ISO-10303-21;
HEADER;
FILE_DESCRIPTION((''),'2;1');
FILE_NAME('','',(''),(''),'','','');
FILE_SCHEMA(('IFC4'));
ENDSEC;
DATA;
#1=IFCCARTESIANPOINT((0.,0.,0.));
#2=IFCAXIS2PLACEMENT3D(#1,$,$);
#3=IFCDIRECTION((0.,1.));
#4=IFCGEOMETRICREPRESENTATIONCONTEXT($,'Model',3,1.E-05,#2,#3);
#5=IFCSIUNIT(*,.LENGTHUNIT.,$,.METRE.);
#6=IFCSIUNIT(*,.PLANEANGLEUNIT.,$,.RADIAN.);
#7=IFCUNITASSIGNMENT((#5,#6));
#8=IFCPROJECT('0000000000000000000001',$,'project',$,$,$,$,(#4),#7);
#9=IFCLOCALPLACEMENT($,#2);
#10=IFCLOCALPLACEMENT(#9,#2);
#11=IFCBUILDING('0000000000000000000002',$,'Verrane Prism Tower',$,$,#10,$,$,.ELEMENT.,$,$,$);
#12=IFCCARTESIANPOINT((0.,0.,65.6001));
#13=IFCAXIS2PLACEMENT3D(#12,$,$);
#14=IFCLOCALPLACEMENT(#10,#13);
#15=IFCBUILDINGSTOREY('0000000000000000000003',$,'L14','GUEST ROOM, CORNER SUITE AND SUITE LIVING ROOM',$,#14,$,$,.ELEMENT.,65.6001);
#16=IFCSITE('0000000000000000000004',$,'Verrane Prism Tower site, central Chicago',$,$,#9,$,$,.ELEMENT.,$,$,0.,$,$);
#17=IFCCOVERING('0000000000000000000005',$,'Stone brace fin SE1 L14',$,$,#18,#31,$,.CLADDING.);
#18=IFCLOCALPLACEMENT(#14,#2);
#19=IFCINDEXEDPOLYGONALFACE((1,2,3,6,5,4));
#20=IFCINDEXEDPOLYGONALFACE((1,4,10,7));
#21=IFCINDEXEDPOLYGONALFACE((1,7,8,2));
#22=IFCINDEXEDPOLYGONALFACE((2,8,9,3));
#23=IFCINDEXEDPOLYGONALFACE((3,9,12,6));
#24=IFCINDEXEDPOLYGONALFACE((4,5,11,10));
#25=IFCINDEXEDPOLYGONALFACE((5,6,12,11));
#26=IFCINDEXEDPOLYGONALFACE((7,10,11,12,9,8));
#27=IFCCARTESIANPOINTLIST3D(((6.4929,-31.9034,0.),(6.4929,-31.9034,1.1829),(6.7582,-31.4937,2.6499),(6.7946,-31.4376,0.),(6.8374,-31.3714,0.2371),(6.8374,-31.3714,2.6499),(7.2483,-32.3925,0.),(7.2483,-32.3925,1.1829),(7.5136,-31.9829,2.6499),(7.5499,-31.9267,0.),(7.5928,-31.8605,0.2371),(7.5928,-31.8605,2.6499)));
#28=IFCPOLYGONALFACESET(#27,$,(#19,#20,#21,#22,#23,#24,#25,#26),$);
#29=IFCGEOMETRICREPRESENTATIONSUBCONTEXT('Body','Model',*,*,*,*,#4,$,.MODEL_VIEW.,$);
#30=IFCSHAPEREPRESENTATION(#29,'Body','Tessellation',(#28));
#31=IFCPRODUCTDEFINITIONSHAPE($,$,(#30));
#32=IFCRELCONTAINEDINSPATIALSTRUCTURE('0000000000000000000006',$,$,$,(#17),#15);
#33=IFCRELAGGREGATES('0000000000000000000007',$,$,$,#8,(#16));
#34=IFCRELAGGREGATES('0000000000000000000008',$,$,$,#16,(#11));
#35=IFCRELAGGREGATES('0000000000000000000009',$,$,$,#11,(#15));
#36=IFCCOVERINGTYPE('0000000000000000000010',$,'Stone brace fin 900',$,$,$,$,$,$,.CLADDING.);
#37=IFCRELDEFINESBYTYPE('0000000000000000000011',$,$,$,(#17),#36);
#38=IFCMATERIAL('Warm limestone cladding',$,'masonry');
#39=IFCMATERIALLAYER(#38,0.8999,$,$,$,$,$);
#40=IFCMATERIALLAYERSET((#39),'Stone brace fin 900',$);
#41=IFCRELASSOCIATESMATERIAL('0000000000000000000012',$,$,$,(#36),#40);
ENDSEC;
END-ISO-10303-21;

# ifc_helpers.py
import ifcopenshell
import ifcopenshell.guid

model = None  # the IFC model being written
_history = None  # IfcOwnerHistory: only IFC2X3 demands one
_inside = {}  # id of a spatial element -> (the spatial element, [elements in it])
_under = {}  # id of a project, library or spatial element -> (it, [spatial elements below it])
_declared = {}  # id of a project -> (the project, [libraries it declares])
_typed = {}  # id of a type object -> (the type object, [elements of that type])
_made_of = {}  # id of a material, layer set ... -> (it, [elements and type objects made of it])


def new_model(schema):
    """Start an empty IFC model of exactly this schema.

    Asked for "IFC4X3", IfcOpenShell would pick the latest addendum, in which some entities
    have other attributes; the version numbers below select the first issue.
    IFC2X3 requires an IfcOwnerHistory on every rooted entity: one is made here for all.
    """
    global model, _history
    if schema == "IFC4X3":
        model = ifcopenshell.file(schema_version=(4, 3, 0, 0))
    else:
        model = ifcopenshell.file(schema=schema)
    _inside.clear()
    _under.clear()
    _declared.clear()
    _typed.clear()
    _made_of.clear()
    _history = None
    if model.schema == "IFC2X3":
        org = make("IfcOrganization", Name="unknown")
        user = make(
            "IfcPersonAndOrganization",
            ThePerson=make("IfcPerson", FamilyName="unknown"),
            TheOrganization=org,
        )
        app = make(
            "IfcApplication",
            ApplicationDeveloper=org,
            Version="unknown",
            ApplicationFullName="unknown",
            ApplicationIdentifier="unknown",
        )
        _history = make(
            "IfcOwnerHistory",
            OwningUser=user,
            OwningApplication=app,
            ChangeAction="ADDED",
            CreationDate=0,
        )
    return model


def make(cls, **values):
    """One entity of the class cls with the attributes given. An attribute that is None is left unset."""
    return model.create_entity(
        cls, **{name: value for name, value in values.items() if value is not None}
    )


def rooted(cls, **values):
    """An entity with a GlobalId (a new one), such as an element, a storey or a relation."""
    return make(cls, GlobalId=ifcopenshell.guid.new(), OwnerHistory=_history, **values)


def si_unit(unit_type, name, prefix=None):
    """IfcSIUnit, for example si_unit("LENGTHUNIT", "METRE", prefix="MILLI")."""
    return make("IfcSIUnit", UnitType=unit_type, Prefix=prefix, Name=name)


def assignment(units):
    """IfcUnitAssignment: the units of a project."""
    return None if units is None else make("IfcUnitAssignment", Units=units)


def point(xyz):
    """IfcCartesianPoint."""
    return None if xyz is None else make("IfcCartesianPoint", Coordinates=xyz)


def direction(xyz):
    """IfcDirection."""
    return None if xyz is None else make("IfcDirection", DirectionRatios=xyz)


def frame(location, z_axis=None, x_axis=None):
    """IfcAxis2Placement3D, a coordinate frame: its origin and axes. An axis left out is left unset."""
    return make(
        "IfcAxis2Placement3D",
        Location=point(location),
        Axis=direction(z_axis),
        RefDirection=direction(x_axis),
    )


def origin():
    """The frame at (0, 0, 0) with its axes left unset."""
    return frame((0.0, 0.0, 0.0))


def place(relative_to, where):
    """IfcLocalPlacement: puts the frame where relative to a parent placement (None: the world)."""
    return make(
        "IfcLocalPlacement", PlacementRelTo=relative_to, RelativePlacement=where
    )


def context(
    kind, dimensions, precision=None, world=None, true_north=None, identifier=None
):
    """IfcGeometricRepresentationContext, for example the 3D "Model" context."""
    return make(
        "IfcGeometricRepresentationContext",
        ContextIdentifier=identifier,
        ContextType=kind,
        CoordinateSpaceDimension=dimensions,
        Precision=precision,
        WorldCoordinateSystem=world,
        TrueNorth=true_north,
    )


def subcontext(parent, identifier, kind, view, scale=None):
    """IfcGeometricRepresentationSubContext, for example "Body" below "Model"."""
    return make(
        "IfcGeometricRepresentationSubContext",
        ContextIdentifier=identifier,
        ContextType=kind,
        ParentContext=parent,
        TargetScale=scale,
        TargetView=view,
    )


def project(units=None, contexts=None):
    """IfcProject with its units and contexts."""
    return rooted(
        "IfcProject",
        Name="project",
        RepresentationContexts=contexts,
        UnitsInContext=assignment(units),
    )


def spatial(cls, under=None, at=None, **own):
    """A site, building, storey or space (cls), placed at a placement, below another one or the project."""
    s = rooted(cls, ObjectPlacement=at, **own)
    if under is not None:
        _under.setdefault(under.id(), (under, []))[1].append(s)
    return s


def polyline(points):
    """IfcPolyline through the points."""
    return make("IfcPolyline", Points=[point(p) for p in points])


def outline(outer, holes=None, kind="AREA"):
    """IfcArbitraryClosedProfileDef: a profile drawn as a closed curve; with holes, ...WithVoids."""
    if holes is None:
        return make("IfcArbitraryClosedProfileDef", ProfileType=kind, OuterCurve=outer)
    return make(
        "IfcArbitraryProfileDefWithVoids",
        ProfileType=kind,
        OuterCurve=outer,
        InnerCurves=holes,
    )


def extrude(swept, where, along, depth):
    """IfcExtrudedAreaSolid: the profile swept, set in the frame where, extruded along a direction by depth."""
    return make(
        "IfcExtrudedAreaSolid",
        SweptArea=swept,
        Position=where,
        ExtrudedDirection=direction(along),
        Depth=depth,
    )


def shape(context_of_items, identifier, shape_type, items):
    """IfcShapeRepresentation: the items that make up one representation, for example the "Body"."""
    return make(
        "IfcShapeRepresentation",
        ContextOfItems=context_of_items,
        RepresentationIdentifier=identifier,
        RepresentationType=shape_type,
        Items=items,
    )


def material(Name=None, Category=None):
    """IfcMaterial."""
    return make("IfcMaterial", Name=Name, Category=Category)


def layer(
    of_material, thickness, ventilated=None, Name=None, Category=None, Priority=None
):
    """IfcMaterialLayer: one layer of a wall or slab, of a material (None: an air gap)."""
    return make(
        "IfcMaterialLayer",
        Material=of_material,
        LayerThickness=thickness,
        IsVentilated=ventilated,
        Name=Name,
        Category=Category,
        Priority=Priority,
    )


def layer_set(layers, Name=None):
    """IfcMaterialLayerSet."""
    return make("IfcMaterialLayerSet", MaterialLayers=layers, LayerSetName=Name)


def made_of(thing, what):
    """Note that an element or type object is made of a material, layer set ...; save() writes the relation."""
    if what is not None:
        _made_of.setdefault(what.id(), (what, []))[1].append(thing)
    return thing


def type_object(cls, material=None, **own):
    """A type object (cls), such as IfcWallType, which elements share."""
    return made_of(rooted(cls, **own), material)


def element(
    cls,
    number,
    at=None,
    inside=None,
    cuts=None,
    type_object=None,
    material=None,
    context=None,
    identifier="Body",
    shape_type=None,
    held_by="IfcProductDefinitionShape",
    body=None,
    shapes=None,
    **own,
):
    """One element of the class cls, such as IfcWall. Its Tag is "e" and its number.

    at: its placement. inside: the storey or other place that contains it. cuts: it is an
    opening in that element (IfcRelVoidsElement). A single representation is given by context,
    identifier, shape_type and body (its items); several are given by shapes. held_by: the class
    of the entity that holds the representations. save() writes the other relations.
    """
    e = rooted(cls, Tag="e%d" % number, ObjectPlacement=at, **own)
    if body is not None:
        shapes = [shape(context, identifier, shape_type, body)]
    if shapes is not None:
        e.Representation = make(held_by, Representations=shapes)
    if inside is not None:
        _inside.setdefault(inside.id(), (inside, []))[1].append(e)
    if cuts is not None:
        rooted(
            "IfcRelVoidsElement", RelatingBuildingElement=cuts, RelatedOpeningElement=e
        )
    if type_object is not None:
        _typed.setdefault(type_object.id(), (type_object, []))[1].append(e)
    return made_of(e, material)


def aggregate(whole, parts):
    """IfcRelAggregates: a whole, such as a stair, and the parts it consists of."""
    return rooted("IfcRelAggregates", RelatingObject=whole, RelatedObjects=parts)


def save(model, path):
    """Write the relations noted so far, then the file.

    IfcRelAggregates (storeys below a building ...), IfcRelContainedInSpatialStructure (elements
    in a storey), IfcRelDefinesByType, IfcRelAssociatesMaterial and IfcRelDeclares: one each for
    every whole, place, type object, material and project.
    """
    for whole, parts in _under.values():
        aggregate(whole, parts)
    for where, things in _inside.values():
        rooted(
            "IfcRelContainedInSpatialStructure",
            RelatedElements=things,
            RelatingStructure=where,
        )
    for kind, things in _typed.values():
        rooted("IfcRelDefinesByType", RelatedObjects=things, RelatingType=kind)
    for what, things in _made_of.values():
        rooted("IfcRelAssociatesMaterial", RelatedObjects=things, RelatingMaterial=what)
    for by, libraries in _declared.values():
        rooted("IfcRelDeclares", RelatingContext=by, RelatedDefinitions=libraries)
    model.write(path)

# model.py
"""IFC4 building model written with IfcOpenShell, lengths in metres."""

from ifc_helpers import new_model, si_unit, direction, frame, origin, place, context, subcontext, project, spatial, polyline, outline, extrude, material, layer, layer_set, type_object, element, save


model = new_model("IFC4")

# Units and contexts
model_context = context("Model", 3, precision=1e-05, world=origin(), true_north=direction((0.0, 1.0)))
body_context = subcontext(model_context, "Body", "Model", "MODEL_VIEW")
ifc_project = project(units=[si_unit("LENGTHUNIT", "METRE"), si_unit("PLANEANGLEUNIT", "RADIAN")], contexts=[model_context])

# Site, building, storey
site_placement = place(None, origin())
site = spatial("IfcSite", under=ifc_project, at=site_placement, Name="Verrane Prism Tower site, central Chicago", CompositionType="ELEMENT", RefElevation=0.0)
building_placement = place(site_placement, origin())
building = spatial("IfcBuilding", under=site, at=building_placement, Name="Verrane Prism Tower", CompositionType="ELEMENT")
storey_placement = place(building_placement, frame((0.0, 0.0, 65.6001)))
storey = spatial("IfcBuildingStorey", under=building, at=storey_placement, Name="L14", Description="GUEST ROOM, CORNER SUITE AND SUITE LIVING ROOM", CompositionType="ELEMENT", Elevation=65.6001)

# Covering
ifc_material_1 = material(Name="Warm limestone cladding", Category="masonry")
ifc_layer_1 = layer(ifc_material_1, 0.8999)
ifc_layer_set_1 = layer_set([ifc_layer_1], Name="Stone brace fin 900")
covering_type = type_object("IfcCoveringType", Name="Stone brace fin 900", PredefinedType="CLADDING", material=ifc_layer_set_1)
covering_placement = place(storey_placement, frame((6.8706, -32.1479, 0.0), z_axis=(0.0, 0.0, 1.0), x_axis=(0.543539, 0.839384, 0.0)))
element("IfcCovering", 1, at=covering_placement, inside=storey, type_object=covering_type, Name="Stone brace fin SE1 L14", PredefinedType="CLADDING", context=body_context, shape_type="SweptSolid", body=[
    extrude(outline(polyline([(0.6338, 2.6499), (0.488, 2.6499), (0.0, 1.1829), (0.0, 0.0), (0.5549, 0.0), (0.6338, 0.2371), (0.6338, 2.6499)])), frame((0.0, 0.45, 0.0), z_axis=(0.0, -1.0, 0.0), x_axis=(1.0, 0.0, 0.0)), (0.0, 0.0, 1.0), 0.8999),
])

save(model, "model.ifc")
